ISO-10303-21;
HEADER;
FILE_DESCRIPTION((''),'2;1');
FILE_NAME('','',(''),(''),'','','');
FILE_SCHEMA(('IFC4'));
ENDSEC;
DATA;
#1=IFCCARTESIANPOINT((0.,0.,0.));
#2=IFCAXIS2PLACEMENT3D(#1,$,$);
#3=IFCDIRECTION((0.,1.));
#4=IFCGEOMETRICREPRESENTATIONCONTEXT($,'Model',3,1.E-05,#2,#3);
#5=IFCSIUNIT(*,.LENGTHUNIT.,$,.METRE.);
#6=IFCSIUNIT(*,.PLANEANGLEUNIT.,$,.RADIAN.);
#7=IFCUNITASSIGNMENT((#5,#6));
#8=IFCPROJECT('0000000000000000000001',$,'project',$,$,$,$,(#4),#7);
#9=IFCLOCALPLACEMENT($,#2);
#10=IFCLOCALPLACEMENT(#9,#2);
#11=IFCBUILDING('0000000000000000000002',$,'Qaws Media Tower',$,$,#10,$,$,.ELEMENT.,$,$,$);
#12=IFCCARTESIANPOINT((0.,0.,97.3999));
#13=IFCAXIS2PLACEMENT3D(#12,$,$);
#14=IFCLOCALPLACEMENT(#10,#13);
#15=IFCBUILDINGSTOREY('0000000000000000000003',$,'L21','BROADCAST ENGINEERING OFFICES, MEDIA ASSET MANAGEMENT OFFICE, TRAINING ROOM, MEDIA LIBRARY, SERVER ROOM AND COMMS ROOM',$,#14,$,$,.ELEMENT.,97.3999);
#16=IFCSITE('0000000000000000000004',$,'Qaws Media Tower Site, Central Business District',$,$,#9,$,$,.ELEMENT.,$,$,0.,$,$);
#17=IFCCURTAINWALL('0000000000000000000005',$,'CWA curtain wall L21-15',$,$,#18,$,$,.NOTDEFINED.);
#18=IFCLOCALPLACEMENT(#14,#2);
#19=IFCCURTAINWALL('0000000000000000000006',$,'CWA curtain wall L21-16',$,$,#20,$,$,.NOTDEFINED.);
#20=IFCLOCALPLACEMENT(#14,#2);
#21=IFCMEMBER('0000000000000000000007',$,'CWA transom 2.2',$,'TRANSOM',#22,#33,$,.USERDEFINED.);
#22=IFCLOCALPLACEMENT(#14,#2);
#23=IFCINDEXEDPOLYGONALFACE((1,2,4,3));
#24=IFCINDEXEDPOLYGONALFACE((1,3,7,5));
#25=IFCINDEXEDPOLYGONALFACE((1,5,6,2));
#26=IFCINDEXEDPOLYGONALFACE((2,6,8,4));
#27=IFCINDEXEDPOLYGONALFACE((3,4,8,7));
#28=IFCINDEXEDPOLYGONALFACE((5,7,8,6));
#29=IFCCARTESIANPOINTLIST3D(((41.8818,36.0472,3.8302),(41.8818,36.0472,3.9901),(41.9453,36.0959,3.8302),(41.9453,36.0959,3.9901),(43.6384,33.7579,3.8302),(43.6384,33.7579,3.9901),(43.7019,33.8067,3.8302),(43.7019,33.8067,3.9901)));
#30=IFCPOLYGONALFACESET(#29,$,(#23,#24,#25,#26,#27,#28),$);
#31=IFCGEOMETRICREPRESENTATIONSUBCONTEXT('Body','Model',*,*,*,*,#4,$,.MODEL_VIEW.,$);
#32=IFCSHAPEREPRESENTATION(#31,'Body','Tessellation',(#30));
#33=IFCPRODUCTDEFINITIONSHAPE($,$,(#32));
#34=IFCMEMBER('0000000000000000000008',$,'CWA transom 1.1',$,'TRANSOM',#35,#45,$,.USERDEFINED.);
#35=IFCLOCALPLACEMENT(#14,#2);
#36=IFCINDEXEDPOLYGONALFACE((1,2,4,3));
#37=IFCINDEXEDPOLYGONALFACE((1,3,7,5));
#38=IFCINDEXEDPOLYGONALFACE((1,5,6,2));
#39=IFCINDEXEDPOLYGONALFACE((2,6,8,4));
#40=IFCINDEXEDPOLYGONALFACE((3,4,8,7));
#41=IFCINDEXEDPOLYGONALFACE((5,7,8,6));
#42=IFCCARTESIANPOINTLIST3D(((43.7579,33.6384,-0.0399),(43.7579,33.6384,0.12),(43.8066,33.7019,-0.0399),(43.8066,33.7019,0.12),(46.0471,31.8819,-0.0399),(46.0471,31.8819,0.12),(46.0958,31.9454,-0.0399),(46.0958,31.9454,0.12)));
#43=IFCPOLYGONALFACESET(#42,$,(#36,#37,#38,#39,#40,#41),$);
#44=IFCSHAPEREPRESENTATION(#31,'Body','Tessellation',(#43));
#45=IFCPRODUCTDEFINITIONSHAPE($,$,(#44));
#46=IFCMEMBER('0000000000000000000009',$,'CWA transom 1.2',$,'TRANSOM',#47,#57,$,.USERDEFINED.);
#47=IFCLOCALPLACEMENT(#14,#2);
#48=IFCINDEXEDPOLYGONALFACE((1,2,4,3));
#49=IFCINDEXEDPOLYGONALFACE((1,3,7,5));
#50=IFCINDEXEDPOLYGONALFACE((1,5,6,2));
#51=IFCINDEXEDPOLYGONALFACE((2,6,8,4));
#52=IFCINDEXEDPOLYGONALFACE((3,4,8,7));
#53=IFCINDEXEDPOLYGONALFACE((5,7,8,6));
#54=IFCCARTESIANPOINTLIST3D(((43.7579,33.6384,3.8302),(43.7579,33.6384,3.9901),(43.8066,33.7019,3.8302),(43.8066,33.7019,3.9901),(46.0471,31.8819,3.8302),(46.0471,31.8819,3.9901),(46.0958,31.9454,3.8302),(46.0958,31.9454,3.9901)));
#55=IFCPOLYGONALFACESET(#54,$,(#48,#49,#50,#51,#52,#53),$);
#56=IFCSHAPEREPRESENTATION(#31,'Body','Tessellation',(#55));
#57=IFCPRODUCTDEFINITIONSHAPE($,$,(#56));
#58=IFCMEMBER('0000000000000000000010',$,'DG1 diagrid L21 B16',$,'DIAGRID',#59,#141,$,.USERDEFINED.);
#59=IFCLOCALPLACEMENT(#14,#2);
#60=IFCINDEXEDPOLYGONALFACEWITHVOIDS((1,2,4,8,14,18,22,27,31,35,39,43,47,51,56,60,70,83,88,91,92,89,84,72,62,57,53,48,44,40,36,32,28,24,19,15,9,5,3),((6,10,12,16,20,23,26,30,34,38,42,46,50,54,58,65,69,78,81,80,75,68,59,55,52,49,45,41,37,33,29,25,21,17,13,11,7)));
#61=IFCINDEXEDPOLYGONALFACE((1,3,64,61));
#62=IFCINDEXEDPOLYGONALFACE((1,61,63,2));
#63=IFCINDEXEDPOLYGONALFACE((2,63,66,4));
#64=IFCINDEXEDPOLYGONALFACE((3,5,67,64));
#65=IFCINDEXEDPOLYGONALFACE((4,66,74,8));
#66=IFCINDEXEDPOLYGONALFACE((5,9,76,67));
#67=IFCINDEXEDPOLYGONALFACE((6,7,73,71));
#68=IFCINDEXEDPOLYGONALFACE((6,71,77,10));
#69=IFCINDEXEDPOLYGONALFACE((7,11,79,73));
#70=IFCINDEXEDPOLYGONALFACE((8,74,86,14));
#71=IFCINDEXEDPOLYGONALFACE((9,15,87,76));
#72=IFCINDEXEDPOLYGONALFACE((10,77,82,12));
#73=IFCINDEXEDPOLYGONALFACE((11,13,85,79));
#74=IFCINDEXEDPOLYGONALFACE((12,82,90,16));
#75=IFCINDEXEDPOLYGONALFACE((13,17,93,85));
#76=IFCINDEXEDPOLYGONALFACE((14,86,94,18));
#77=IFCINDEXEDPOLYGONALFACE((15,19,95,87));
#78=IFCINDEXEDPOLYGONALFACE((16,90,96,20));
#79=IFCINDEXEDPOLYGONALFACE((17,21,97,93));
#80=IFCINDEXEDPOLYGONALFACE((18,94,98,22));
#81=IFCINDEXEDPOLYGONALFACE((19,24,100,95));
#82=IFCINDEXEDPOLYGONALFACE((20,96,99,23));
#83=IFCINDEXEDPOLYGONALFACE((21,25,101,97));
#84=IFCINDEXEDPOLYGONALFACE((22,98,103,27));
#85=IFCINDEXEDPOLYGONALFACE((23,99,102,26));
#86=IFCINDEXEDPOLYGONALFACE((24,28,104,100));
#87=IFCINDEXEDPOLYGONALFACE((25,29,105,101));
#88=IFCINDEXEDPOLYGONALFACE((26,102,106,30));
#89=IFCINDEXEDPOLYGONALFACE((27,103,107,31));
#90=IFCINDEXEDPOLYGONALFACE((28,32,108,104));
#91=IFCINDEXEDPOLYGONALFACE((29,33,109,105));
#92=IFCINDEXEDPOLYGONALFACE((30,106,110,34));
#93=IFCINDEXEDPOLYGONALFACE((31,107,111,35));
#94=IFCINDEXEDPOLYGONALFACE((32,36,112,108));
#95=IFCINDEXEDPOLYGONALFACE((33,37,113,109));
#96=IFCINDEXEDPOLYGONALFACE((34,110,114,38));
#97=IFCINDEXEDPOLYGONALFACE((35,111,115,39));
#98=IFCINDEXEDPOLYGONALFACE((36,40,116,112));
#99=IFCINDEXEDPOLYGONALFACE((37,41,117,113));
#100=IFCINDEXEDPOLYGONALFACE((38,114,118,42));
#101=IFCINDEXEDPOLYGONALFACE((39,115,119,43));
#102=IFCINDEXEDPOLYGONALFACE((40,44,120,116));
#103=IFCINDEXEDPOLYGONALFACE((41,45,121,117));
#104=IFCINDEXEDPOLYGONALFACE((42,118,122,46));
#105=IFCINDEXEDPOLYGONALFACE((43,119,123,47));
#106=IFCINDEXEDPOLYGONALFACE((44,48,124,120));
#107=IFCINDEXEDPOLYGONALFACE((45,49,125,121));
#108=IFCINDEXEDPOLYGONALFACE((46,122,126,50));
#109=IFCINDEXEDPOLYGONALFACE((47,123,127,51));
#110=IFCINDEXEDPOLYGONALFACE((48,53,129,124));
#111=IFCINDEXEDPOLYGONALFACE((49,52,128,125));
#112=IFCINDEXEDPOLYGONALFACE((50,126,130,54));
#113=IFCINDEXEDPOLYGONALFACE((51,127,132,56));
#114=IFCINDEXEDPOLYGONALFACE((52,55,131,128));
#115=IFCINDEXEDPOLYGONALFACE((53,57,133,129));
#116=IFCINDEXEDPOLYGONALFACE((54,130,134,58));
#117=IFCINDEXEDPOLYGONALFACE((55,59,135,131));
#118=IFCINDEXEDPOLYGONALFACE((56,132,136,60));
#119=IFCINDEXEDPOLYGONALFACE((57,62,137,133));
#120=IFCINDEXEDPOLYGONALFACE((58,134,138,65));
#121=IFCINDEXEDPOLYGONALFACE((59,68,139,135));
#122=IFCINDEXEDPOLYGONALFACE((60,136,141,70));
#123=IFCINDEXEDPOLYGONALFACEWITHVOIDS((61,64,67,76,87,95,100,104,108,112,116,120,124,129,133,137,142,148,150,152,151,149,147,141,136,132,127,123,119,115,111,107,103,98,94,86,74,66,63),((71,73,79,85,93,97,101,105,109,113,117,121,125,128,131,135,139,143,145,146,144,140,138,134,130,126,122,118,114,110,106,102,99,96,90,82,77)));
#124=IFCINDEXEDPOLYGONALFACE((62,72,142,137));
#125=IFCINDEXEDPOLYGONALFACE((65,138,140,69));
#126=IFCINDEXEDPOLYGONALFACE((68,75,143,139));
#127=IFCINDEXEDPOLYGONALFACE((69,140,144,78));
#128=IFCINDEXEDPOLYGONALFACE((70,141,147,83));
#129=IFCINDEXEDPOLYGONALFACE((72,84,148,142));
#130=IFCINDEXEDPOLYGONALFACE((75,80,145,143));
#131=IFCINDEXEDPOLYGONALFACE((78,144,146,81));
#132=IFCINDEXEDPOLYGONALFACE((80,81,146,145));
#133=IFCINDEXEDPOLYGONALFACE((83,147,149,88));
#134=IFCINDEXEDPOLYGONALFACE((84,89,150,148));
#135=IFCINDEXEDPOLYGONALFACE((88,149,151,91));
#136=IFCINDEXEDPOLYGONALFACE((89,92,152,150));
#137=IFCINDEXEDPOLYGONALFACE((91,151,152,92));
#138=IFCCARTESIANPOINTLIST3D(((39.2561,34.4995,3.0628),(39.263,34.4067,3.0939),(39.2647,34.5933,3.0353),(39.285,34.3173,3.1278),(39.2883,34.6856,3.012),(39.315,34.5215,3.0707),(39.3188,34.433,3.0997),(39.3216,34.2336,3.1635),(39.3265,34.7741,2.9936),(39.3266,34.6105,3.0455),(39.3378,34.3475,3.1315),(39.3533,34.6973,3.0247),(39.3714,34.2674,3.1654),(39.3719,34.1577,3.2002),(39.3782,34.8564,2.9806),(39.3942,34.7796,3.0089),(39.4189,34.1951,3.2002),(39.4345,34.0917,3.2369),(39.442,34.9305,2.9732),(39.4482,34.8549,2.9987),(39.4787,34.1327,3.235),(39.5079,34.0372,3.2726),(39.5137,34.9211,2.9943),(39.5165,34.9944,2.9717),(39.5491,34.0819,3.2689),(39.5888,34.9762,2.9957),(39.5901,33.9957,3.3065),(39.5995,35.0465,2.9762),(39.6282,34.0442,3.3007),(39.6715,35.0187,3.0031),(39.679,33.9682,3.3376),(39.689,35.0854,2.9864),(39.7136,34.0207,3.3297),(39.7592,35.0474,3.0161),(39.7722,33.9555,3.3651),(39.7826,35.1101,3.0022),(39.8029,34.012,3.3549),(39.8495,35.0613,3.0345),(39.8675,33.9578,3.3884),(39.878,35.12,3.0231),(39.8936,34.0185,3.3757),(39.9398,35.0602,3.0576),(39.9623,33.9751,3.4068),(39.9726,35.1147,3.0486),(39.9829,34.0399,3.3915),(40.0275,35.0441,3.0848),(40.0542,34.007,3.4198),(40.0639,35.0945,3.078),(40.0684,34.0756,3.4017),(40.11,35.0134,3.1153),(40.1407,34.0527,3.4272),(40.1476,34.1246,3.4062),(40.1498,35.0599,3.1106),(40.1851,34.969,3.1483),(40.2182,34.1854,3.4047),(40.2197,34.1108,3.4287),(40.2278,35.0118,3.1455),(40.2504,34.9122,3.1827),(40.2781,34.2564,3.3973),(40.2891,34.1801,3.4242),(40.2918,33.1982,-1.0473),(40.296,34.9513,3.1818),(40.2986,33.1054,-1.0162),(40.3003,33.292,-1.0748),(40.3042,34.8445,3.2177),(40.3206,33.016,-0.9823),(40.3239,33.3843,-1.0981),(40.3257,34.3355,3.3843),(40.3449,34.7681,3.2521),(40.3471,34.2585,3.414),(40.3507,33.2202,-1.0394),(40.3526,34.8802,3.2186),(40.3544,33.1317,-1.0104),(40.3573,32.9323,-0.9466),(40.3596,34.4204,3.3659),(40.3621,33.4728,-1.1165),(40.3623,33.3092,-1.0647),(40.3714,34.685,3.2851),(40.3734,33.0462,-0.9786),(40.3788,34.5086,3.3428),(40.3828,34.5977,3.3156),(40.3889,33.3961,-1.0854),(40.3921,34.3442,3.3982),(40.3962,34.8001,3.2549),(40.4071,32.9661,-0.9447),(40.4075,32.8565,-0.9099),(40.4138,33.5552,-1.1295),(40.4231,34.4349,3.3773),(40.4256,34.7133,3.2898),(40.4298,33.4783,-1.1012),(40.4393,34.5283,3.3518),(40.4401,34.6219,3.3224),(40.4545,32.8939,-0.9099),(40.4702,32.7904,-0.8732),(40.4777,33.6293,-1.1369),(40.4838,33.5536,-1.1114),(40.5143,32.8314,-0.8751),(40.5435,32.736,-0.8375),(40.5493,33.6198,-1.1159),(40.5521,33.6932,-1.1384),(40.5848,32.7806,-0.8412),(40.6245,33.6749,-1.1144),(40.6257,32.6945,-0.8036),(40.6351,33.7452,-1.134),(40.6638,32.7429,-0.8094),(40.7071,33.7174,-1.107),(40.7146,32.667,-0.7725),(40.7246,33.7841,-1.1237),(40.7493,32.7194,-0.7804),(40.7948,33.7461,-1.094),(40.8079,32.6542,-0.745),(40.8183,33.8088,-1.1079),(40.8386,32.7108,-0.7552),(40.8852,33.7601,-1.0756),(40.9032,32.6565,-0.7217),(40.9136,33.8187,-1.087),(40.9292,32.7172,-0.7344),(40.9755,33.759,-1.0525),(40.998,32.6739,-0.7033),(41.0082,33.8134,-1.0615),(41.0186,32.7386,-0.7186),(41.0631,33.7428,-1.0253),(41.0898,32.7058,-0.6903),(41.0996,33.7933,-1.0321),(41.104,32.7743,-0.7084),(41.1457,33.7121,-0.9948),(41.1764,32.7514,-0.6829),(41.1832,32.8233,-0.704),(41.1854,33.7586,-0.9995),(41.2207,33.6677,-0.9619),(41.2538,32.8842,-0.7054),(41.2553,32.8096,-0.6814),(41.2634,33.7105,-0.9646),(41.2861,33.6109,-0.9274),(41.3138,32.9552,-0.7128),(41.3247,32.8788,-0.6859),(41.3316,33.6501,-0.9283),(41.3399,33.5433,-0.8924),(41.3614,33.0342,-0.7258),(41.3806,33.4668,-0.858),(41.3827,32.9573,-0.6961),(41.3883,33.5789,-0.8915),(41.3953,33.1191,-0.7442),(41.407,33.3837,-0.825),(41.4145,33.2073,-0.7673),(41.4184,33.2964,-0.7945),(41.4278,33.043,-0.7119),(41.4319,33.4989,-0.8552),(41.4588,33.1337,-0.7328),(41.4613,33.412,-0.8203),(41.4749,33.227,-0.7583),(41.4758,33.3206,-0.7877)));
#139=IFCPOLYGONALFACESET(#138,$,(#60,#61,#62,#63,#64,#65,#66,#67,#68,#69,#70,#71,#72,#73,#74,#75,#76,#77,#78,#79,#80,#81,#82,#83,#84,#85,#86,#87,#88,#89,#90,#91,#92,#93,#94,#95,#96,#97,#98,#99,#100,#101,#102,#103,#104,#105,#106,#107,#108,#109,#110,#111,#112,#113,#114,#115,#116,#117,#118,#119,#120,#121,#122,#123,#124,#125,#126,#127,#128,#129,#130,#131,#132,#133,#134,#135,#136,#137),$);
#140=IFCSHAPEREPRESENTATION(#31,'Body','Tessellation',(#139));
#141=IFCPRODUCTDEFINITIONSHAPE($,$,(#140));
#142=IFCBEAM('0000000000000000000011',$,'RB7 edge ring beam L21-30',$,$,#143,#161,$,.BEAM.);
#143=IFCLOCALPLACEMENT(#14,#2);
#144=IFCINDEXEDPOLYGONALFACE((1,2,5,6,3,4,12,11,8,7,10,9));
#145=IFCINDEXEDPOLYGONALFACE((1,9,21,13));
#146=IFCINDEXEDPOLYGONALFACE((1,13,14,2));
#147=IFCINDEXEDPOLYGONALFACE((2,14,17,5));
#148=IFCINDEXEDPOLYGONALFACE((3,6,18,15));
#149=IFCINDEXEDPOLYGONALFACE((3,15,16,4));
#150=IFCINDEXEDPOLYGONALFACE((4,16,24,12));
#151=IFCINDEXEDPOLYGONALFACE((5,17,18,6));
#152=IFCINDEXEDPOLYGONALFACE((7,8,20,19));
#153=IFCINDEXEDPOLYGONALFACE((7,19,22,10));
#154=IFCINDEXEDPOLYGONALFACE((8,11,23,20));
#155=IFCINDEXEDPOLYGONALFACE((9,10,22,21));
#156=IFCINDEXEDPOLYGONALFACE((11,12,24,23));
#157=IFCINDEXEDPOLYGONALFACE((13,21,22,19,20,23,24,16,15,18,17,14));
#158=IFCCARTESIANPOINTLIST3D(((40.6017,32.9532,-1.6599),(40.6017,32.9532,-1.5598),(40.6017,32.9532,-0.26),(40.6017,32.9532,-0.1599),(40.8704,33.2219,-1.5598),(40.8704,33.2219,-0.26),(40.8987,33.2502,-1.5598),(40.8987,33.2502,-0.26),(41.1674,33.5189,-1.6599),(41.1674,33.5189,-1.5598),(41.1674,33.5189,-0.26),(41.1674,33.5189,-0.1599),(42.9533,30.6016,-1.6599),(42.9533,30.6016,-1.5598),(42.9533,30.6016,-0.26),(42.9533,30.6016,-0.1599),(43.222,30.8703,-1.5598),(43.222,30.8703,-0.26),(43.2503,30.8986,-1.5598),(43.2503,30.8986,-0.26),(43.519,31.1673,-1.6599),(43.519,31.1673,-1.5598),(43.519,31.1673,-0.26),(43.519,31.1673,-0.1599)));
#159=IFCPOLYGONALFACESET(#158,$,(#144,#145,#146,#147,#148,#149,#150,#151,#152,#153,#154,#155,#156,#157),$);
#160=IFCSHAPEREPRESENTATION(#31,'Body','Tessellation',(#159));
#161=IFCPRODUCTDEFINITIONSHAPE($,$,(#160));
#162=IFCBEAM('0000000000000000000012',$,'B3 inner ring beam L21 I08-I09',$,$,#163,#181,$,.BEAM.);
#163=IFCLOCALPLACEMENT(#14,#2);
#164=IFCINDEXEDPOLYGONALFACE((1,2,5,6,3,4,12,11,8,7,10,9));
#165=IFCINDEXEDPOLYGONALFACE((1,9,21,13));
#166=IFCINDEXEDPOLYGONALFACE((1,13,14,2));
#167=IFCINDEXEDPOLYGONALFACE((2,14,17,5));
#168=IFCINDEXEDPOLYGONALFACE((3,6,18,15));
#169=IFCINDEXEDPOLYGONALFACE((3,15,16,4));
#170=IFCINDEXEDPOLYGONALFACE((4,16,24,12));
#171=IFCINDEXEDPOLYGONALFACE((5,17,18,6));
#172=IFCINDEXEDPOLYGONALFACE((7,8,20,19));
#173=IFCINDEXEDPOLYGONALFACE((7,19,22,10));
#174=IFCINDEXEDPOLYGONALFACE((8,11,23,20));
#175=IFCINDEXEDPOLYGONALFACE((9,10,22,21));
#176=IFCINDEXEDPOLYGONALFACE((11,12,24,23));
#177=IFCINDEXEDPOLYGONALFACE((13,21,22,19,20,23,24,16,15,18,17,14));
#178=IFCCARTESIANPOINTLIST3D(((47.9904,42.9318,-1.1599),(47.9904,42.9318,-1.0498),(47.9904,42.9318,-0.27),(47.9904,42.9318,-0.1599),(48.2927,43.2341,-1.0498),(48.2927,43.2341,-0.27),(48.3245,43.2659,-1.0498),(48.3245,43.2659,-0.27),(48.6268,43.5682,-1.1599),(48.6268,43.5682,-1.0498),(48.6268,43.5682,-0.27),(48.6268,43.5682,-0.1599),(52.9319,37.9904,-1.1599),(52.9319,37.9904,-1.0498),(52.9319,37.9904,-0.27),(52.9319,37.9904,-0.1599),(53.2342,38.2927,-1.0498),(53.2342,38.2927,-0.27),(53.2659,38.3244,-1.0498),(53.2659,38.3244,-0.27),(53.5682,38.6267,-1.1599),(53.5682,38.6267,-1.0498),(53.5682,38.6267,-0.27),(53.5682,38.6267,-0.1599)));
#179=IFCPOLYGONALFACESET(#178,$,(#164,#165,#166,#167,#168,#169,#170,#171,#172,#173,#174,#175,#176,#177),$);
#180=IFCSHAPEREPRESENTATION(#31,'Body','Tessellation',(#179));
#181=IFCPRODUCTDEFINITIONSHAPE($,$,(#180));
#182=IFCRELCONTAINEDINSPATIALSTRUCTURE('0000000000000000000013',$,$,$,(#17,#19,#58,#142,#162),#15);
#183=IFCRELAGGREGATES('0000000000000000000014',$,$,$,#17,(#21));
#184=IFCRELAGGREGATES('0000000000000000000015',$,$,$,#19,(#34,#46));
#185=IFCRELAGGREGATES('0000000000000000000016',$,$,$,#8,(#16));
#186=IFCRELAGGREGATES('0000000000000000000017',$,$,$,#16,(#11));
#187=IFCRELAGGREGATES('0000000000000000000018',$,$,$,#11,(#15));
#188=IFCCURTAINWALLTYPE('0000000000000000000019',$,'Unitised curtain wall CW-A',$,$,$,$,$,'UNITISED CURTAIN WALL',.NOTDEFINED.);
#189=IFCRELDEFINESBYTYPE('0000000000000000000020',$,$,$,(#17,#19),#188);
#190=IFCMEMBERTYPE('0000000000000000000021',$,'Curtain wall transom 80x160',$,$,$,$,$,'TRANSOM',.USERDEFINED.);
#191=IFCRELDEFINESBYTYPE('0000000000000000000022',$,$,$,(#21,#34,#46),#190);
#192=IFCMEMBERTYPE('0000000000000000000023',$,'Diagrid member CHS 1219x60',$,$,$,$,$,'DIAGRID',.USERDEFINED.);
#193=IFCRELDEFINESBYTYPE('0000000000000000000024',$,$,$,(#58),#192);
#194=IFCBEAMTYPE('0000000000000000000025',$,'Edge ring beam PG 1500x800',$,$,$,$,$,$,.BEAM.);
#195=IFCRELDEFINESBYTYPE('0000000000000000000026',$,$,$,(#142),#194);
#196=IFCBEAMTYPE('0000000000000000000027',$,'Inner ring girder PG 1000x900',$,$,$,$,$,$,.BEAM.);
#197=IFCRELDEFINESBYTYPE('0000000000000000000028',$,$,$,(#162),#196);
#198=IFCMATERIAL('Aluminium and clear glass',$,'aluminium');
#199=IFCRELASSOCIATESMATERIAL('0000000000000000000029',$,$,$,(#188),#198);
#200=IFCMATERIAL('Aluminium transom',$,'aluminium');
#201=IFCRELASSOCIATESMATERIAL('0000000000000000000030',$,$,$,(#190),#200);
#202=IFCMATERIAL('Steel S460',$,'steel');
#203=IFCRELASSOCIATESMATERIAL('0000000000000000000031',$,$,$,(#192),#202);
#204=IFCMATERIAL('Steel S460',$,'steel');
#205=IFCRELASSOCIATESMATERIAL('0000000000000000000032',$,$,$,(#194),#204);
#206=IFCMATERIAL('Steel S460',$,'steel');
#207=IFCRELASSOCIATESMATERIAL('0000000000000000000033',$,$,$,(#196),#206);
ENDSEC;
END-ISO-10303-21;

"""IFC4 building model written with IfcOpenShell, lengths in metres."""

from ifc_helpers import new_model, si_unit, direction, frame, origin, origin_2d, place, context, subcontext, project, spatial, rectangle, hollow_circle, i_section, extrude, material, material_profile, profile_set, type_object, element, aggregate, save


model = new_model("IFC4")

# Units and contexts
model_context = context("Model", 3, precision=1e-05, world=origin(), true_north=direction((0.0, 1.0)))
body_context = subcontext(model_context, "Body", "Model", "MODEL_VIEW")
ifc_project = project(units=[si_unit("LENGTHUNIT", "METRE"), si_unit("PLANEANGLEUNIT", "RADIAN")], contexts=[model_context])

# Site, building, storey
site_placement = place(None, origin())
site = spatial("IfcSite", under=ifc_project, at=site_placement, Name="Qaws Media Tower Site, Central Business District", CompositionType="ELEMENT", RefElevation=0.0)
building_placement = place(site_placement, origin())
building = spatial("IfcBuilding", under=site, at=building_placement, Name="Qaws Media Tower", CompositionType="ELEMENT")
storey_placement = place(building_placement, frame((0.0, 0.0, 97.3999)))
storey = spatial("IfcBuildingStorey", under=building, at=storey_placement, Name="L21", Description="BROADCAST ENGINEERING OFFICES, MEDIA ASSET MANAGEMENT OFFICE, TRAINING ROOM, MEDIA LIBRARY, SERVER ROOM AND COMMS ROOM", CompositionType="ELEMENT", Elevation=97.3999)

# Curtain wall
ifc_material_1 = material(Name="Aluminium and clear glass", Category="aluminium")
curtain_wall_type = type_object("IfcCurtainWallType", Name="Unitised curtain wall CW-A", ElementType="UNITISED CURTAIN WALL", PredefinedType="NOTDEFINED", material=ifc_material_1)
curtain_wall_1_placement = place(storey_placement, origin())
curtain_wall_1 = element("IfcCurtainWall", 1, at=curtain_wall_1_placement, inside=storey, type_object=curtain_wall_type, Name="CWA curtain wall L21-15", PredefinedType="NOTDEFINED")

# Curtain wall
curtain_wall_2_placement = place(storey_placement, origin())
curtain_wall_2 = element("IfcCurtainWall", 2, at=curtain_wall_2_placement, inside=storey, type_object=curtain_wall_type, Name="CWA curtain wall L21-16", PredefinedType="NOTDEFINED")

# Members
ifc_material_2 = material(Name="Aluminium transom", Category="aluminium")
ifc_material_profile_1 = material_profile(ifc_material_2, rectangle(XDim=0.0801, YDim=0.1599, at=origin_2d()), Name="80x160")
ifc_profile_set_1 = profile_set([ifc_material_profile_1], Name="Aluminium transom")
member_type_1 = type_object("IfcMemberType", Name="Curtain wall transom 80x160", ElementType="TRANSOM", PredefinedType="USERDEFINED", material=ifc_profile_set_1)
member_1_placement = place(storey_placement, frame((41.9136, 36.0715, 3.9102), z_axis=(0.608749, -0.793363, 0.0), x_axis=(0.793363, 0.608749, 0.0)))
member_1 = element("IfcMember", 3, at=member_1_placement, type_object=member_type_1, Name="CWA transom 2.2", ObjectType="TRANSOM", PredefinedType="USERDEFINED", context=body_context, shape_type="SweptSolid", body=[
    extrude(rectangle(XDim=0.0801, YDim=0.1599, at=origin_2d()), origin(), (0.0, 0.0, 1.0), 2.8855),
])
member_2_placement = place(storey_placement, frame((43.7822, 33.6702, 0.04), z_axis=(0.793363, -0.608749, 0.0), x_axis=(0.608749, 0.793363, 0.0)))
member_2 = element("IfcMember", 4, at=member_2_placement, type_object=member_type_1, Name="CWA transom 1.1", ObjectType="TRANSOM", PredefinedType="USERDEFINED", context=body_context, shape_type="SweptSolid", body=[
    extrude(rectangle(XDim=0.0801, YDim=0.1599, at=origin_2d()), origin(), (0.0, 0.0, 1.0), 2.8855),
])
member_3_placement = place(storey_placement, frame((43.7822, 33.6702, 3.9102), z_axis=(0.793363, -0.608749, 0.0), x_axis=(0.608749, 0.793363, 0.0)))
member_3 = element("IfcMember", 5, at=member_3_placement, type_object=member_type_1, Name="CWA transom 1.2", ObjectType="TRANSOM", PredefinedType="USERDEFINED", context=body_context, shape_type="SweptSolid", body=[
    extrude(rectangle(XDim=0.0801, YDim=0.1599, at=origin_2d()), origin(), (0.0, 0.0, 1.0), 2.8855),
])
ifc_material_3 = material(Name="Steel S460", Category="steel")
ifc_material_profile_2 = material_profile(ifc_material_3, hollow_circle(Radius=0.6096, WallThickness=0.0601, at=origin_2d()), Name="CHS 1219x60")
ifc_profile_set_2 = profile_set([ifc_material_profile_2], Name="Steel S460")
member_type_2 = type_object("IfcMemberType", Name="Diagrid member CHS 1219x60", ElementType="DIAGRID", PredefinedType="USERDEFINED", material=ifc_profile_set_2)
member_4_placement = place(storey_placement, frame((40.8845, 33.2361, -0.9099), z_axis=(-0.233578, 0.293487, 0.926988), x_axis=(-0.782442, -0.622724, 0.0)))
element("IfcMember", 6, at=member_4_placement, inside=storey, type_object=member_type_2, Name="DG1 diagrid L21 B16", ObjectType="DIAGRID", PredefinedType="USERDEFINED", context=body_context, shape_type="SweptSolid", body=[
    extrude(hollow_circle(Radius=0.6096, WallThickness=0.0601, at=origin_2d()), origin(), (0.0, 0.0, 1.0), 4.4338),
])

# Beams
ifc_material_4 = material(Name="Steel S460", Category="steel")
ifc_material_profile_3 = material_profile(ifc_material_4, i_section(OverallWidth=0.8, OverallDepth=1.5, WebThickness=0.04, FlangeThickness=0.1001, at=origin_2d()), Name="PG 1500x800")
ifc_profile_set_3 = profile_set([ifc_material_profile_3], Name="Steel S460")
beam_type_1 = type_object("IfcBeamType", Name="Edge ring beam PG 1500x800", PredefinedType="BEAM", material=ifc_profile_set_3)
beam_1_placement = place(storey_placement, frame((40.8845, 33.2361, -0.9099), z_axis=(0.707107, -0.707107, 0.0), x_axis=(0.707107, 0.707107, 0.0)))
element("IfcBeam", 7, at=beam_1_placement, inside=storey, type_object=beam_type_1, Name="RB7 edge ring beam L21-30", PredefinedType="BEAM", context=body_context, shape_type="SweptSolid", body=[
    extrude(i_section(OverallWidth=0.8, OverallDepth=1.5, WebThickness=0.04, FlangeThickness=0.1001, at=origin_2d()), origin(), (0.0, 0.0, 1.0), 3.3257),
])
ifc_material_5 = material(Name="Steel S460", Category="steel")
ifc_material_profile_4 = material_profile(ifc_material_5, i_section(OverallWidth=0.8999, OverallDepth=1.0, WebThickness=0.0449, FlangeThickness=0.1101, at=origin_2d()), Name="PG 1000x900")
ifc_profile_set_4 = profile_set([ifc_material_profile_4], Name="Steel S460")
beam_type_2 = type_object("IfcBeamType", Name="Inner ring girder PG 1000x900", PredefinedType="BEAM", material=ifc_profile_set_4)
beam_2_placement = place(storey_placement, frame((48.3086, 43.25, -0.6599), z_axis=(0.707107, -0.707107, 0.0), x_axis=(0.707107, 0.707107, 0.0)))
element("IfcBeam", 8, at=beam_2_placement, inside=storey, type_object=beam_type_2, Name="B3 inner ring beam L21 I08-I09", PredefinedType="BEAM", context=body_context, shape_type="SweptSolid", body=[
    extrude(i_section(OverallWidth=0.8999, OverallDepth=1.0, WebThickness=0.0449, FlangeThickness=0.1101, at=origin_2d()), origin(), (0.0, 0.0, 1.0), 6.9883),
])

aggregate(curtain_wall_1, [member_1])
aggregate(curtain_wall_2, [member_2, member_3])

save(model, "model.ifc")
